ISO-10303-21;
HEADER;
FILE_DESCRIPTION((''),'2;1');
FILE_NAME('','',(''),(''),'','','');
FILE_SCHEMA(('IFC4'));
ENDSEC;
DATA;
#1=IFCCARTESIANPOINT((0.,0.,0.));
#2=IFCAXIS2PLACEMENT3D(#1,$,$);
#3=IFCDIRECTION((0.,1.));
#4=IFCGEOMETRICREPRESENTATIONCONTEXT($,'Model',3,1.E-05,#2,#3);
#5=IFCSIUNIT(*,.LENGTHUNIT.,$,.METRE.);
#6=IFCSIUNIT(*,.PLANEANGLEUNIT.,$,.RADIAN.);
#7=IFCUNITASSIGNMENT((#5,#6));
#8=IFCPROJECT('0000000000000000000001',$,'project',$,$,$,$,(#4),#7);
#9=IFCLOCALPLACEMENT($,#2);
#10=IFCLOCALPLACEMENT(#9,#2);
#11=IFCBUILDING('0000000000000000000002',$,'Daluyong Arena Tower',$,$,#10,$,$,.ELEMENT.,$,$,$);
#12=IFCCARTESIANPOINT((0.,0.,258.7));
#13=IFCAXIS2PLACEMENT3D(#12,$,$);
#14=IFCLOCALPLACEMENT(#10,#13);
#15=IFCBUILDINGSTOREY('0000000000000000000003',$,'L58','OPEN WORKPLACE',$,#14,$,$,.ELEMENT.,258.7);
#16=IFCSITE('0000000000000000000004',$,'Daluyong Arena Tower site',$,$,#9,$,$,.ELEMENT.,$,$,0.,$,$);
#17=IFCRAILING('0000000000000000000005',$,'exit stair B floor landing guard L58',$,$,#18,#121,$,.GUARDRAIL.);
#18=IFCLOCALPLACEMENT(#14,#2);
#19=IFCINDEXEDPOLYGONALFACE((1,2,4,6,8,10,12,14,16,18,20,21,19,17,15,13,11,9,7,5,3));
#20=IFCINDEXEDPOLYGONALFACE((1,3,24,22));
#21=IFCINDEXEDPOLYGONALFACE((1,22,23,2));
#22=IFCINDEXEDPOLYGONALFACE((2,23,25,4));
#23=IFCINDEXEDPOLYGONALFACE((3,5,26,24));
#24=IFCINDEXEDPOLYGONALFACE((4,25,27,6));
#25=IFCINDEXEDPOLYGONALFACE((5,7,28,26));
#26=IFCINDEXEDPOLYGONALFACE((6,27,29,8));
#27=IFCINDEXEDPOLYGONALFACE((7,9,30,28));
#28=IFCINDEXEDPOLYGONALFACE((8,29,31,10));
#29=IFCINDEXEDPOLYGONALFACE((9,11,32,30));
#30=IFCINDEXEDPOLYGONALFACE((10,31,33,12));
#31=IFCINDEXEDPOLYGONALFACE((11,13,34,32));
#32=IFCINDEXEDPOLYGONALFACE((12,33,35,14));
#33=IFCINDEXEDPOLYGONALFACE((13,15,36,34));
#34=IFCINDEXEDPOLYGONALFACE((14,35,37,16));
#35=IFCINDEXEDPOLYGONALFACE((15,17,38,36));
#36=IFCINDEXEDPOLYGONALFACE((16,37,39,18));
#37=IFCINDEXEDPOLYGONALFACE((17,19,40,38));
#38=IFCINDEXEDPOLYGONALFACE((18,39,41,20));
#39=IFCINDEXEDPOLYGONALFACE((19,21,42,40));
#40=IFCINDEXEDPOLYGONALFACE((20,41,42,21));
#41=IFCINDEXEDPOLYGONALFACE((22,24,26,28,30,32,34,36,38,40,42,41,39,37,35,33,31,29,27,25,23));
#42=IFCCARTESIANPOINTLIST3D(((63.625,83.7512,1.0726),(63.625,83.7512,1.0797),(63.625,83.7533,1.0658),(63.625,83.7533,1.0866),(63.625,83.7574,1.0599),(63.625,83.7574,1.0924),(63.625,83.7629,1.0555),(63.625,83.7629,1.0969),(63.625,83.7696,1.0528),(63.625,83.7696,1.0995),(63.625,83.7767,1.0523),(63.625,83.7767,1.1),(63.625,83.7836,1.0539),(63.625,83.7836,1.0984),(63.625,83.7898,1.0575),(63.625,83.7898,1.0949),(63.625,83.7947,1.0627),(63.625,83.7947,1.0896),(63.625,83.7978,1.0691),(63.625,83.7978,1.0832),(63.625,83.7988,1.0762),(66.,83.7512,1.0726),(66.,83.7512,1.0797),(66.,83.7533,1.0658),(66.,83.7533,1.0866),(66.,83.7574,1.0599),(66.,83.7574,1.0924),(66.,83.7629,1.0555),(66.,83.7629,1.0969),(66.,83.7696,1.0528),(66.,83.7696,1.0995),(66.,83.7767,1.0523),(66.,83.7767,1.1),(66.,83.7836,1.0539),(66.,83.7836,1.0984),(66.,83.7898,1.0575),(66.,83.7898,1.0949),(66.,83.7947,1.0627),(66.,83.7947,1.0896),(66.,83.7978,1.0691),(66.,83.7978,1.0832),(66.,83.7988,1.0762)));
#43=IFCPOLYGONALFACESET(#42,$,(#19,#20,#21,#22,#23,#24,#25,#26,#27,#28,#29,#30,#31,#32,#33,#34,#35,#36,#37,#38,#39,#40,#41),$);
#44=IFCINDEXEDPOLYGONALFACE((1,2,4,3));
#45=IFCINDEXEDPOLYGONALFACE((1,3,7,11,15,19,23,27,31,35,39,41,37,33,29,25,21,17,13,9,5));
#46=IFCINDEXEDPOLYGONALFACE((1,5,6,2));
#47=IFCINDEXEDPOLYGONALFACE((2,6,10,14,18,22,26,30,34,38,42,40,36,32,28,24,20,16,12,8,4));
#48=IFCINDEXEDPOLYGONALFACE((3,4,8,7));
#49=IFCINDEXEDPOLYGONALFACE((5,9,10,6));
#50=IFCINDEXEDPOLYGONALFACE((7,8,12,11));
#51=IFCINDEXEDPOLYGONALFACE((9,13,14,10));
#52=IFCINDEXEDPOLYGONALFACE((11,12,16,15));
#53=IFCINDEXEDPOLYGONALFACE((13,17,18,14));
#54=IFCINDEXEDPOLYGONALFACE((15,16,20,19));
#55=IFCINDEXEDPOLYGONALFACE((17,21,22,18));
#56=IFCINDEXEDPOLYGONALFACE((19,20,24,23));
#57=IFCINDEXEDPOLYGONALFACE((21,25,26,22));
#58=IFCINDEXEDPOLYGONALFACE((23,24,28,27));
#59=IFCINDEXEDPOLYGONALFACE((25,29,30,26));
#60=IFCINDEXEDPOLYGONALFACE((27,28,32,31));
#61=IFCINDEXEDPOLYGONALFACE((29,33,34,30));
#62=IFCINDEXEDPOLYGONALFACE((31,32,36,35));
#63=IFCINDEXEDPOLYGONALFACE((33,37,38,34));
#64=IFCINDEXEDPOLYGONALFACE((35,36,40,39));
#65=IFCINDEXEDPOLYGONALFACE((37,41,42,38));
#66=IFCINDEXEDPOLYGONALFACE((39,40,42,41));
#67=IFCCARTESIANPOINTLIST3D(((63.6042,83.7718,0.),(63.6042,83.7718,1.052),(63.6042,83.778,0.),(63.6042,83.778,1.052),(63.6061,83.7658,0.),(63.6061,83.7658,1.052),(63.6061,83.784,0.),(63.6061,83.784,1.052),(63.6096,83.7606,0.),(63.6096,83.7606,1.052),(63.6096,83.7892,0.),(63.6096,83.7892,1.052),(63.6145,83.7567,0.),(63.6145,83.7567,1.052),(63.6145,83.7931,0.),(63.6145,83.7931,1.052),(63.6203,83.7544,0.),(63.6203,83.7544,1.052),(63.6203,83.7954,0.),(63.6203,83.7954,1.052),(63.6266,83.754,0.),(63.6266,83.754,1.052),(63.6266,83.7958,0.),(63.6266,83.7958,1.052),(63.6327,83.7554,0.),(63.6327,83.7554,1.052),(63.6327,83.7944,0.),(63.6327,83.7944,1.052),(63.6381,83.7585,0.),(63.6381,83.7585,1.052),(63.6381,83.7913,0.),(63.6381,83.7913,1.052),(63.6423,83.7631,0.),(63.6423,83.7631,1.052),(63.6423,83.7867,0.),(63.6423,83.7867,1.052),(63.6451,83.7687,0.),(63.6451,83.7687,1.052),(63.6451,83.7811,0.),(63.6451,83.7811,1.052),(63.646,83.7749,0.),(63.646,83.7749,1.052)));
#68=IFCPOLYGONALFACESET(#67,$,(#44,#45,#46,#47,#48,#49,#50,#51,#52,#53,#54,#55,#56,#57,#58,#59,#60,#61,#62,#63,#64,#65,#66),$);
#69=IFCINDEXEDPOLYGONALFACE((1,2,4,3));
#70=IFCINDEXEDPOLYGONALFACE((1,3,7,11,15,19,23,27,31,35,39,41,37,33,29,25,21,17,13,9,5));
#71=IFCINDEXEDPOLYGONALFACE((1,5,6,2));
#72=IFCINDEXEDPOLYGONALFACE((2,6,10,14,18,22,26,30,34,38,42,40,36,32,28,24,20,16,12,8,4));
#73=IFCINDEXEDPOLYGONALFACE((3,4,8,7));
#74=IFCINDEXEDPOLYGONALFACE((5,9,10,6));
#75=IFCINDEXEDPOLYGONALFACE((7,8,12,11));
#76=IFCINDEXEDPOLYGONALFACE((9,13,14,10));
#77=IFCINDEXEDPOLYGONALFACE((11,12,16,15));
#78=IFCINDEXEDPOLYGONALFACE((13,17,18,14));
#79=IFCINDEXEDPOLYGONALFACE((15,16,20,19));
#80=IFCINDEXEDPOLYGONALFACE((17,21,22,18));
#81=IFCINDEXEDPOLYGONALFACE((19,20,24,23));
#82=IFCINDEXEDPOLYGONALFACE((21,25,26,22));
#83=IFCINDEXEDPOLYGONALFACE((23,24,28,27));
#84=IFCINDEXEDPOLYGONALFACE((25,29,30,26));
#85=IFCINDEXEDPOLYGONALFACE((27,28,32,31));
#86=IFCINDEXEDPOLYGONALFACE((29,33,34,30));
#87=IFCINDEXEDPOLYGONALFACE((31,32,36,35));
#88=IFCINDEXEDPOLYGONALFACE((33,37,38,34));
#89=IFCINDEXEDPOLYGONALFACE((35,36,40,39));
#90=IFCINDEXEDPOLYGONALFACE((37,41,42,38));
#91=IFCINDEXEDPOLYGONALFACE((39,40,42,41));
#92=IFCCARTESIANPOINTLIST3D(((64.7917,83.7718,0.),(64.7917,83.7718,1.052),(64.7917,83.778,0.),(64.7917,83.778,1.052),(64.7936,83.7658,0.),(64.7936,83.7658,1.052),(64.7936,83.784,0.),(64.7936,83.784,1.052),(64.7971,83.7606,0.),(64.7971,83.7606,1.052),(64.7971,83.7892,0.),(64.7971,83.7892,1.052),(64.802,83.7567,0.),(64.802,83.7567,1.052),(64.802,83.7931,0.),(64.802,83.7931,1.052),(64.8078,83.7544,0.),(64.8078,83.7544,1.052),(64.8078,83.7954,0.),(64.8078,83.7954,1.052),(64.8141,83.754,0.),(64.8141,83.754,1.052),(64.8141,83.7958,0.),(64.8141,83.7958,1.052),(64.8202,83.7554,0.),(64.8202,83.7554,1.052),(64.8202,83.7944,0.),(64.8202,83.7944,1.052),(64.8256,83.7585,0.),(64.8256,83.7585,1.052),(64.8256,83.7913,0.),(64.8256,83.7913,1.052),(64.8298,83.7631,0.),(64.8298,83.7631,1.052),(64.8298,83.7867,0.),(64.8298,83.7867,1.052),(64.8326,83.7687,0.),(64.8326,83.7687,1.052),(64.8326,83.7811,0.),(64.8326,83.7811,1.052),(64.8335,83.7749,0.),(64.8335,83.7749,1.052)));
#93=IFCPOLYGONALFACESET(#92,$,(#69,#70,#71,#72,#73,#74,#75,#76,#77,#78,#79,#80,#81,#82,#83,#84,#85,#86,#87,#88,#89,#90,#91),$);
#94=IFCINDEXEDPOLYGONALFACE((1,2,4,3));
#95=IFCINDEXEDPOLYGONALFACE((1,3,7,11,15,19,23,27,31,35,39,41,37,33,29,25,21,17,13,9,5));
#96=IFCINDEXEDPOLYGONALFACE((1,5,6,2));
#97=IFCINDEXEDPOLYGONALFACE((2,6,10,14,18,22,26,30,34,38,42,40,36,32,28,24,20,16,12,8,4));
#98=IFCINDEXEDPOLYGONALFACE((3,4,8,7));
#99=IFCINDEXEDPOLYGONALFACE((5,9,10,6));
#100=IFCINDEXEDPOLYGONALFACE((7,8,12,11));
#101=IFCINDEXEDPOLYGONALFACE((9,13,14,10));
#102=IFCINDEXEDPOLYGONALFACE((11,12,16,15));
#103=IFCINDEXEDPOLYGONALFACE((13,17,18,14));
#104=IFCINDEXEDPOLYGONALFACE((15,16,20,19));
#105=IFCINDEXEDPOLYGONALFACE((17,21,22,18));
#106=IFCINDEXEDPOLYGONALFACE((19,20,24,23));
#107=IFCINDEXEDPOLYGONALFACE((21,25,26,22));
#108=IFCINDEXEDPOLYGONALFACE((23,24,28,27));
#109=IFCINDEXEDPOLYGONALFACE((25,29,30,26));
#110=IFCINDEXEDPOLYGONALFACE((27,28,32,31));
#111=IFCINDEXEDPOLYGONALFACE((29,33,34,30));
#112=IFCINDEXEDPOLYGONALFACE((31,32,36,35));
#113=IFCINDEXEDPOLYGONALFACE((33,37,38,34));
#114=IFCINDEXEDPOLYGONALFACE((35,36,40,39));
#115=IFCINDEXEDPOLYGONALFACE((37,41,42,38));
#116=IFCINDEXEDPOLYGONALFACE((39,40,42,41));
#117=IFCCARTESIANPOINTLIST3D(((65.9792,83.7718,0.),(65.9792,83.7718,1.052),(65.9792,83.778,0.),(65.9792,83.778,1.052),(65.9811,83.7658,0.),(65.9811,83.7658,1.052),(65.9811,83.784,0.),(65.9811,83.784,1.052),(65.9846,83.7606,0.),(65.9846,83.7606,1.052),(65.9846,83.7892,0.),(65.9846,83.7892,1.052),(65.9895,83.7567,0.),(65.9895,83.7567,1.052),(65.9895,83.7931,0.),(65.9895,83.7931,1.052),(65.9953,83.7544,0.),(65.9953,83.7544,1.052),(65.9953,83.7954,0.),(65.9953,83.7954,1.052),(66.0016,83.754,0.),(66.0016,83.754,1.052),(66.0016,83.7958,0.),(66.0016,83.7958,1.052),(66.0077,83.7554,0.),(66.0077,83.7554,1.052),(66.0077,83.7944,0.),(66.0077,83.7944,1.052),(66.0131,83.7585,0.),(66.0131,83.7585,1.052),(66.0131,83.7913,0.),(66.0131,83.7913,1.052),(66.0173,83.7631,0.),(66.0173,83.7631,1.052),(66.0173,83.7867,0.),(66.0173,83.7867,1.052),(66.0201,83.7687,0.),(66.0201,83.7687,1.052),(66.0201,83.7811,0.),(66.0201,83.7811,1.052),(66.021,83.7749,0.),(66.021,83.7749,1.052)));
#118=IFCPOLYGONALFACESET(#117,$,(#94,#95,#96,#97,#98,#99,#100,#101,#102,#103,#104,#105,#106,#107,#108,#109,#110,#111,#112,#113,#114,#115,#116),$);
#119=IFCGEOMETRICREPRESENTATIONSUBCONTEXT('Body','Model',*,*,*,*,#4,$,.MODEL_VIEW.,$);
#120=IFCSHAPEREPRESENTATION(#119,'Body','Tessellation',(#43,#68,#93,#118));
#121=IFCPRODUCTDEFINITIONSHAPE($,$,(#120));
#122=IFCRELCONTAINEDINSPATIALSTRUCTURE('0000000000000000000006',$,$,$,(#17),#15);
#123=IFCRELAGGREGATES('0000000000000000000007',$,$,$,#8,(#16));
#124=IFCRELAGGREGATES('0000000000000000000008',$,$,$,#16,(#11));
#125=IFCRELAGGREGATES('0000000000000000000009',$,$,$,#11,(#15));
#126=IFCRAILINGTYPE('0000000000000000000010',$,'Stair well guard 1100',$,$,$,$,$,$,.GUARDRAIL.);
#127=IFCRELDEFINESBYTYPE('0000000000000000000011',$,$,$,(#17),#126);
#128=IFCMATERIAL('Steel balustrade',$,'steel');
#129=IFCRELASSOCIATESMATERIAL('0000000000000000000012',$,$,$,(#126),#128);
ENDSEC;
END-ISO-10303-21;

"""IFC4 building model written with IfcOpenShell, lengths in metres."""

from ifc_helpers import new_model, si_unit, direction, frame, origin, origin_2d, place, context, subcontext, project, spatial, circle, extrude, material, type_object, element, save


model = new_model("IFC4")

# Units and contexts
model_context = context("Model", 3, precision=1e-05, world=origin(), true_north=direction((0.0, 1.0)))
body_context = subcontext(model_context, "Body", "Model", "MODEL_VIEW")
ifc_project = project(units=[si_unit("LENGTHUNIT", "METRE"), si_unit("PLANEANGLEUNIT", "RADIAN")], contexts=[model_context])

# Site, building, storey
site_placement = place(None, origin())
site = spatial("IfcSite", under=ifc_project, at=site_placement, Name="Daluyong Arena Tower site", CompositionType="ELEMENT", RefElevation=0.0)
building_placement = place(site_placement, origin())
building = spatial("IfcBuilding", under=site, at=building_placement, Name="Daluyong Arena Tower", CompositionType="ELEMENT")
storey_placement = place(building_placement, frame((0.0, 0.0, 258.7)))
storey = spatial("IfcBuildingStorey", under=building, at=storey_placement, Name="L58", Description="OPEN WORKPLACE", CompositionType="ELEMENT", Elevation=258.7)

# Railing
ifc_material_1 = material(Name="Steel balustrade", Category="steel")
railing_type_1 = type_object("IfcRailingType", Name="Stair well guard 1100", PredefinedType="GUARDRAIL", material=ifc_material_1)
railing_1_placement = place(storey_placement, frame((63.625, 83.7749, 0.0)))
element("IfcRailing", 1, at=railing_1_placement, inside=storey, type_object=railing_type_1, Name="exit stair B floor landing guard L58", PredefinedType="GUARDRAIL", context=body_context, shape_type="SweptSolid", body=[
    extrude(circle(Radius=0.0239, at=origin_2d()), frame((0.0, 0.0, 1.0762), z_axis=(1.0, 0.0, 0.0), x_axis=(0.0, 1.0, 0.0)), (0.0, 0.0, 1.0), 2.375),
    extrude(circle(Radius=0.021, at=origin_2d()), origin(), (0.0, 0.0, 1.0), 1.052),
    extrude(circle(Radius=0.021, at=origin_2d()), frame((1.1875, 0.0, 0.0)), (0.0, 0.0, 1.0), 1.052),
    extrude(circle(Radius=0.021, at=origin_2d()), frame((2.375, 0.0, 0.0)), (0.0, 0.0, 1.0), 1.052),
])

save(model, "model.ifc")
